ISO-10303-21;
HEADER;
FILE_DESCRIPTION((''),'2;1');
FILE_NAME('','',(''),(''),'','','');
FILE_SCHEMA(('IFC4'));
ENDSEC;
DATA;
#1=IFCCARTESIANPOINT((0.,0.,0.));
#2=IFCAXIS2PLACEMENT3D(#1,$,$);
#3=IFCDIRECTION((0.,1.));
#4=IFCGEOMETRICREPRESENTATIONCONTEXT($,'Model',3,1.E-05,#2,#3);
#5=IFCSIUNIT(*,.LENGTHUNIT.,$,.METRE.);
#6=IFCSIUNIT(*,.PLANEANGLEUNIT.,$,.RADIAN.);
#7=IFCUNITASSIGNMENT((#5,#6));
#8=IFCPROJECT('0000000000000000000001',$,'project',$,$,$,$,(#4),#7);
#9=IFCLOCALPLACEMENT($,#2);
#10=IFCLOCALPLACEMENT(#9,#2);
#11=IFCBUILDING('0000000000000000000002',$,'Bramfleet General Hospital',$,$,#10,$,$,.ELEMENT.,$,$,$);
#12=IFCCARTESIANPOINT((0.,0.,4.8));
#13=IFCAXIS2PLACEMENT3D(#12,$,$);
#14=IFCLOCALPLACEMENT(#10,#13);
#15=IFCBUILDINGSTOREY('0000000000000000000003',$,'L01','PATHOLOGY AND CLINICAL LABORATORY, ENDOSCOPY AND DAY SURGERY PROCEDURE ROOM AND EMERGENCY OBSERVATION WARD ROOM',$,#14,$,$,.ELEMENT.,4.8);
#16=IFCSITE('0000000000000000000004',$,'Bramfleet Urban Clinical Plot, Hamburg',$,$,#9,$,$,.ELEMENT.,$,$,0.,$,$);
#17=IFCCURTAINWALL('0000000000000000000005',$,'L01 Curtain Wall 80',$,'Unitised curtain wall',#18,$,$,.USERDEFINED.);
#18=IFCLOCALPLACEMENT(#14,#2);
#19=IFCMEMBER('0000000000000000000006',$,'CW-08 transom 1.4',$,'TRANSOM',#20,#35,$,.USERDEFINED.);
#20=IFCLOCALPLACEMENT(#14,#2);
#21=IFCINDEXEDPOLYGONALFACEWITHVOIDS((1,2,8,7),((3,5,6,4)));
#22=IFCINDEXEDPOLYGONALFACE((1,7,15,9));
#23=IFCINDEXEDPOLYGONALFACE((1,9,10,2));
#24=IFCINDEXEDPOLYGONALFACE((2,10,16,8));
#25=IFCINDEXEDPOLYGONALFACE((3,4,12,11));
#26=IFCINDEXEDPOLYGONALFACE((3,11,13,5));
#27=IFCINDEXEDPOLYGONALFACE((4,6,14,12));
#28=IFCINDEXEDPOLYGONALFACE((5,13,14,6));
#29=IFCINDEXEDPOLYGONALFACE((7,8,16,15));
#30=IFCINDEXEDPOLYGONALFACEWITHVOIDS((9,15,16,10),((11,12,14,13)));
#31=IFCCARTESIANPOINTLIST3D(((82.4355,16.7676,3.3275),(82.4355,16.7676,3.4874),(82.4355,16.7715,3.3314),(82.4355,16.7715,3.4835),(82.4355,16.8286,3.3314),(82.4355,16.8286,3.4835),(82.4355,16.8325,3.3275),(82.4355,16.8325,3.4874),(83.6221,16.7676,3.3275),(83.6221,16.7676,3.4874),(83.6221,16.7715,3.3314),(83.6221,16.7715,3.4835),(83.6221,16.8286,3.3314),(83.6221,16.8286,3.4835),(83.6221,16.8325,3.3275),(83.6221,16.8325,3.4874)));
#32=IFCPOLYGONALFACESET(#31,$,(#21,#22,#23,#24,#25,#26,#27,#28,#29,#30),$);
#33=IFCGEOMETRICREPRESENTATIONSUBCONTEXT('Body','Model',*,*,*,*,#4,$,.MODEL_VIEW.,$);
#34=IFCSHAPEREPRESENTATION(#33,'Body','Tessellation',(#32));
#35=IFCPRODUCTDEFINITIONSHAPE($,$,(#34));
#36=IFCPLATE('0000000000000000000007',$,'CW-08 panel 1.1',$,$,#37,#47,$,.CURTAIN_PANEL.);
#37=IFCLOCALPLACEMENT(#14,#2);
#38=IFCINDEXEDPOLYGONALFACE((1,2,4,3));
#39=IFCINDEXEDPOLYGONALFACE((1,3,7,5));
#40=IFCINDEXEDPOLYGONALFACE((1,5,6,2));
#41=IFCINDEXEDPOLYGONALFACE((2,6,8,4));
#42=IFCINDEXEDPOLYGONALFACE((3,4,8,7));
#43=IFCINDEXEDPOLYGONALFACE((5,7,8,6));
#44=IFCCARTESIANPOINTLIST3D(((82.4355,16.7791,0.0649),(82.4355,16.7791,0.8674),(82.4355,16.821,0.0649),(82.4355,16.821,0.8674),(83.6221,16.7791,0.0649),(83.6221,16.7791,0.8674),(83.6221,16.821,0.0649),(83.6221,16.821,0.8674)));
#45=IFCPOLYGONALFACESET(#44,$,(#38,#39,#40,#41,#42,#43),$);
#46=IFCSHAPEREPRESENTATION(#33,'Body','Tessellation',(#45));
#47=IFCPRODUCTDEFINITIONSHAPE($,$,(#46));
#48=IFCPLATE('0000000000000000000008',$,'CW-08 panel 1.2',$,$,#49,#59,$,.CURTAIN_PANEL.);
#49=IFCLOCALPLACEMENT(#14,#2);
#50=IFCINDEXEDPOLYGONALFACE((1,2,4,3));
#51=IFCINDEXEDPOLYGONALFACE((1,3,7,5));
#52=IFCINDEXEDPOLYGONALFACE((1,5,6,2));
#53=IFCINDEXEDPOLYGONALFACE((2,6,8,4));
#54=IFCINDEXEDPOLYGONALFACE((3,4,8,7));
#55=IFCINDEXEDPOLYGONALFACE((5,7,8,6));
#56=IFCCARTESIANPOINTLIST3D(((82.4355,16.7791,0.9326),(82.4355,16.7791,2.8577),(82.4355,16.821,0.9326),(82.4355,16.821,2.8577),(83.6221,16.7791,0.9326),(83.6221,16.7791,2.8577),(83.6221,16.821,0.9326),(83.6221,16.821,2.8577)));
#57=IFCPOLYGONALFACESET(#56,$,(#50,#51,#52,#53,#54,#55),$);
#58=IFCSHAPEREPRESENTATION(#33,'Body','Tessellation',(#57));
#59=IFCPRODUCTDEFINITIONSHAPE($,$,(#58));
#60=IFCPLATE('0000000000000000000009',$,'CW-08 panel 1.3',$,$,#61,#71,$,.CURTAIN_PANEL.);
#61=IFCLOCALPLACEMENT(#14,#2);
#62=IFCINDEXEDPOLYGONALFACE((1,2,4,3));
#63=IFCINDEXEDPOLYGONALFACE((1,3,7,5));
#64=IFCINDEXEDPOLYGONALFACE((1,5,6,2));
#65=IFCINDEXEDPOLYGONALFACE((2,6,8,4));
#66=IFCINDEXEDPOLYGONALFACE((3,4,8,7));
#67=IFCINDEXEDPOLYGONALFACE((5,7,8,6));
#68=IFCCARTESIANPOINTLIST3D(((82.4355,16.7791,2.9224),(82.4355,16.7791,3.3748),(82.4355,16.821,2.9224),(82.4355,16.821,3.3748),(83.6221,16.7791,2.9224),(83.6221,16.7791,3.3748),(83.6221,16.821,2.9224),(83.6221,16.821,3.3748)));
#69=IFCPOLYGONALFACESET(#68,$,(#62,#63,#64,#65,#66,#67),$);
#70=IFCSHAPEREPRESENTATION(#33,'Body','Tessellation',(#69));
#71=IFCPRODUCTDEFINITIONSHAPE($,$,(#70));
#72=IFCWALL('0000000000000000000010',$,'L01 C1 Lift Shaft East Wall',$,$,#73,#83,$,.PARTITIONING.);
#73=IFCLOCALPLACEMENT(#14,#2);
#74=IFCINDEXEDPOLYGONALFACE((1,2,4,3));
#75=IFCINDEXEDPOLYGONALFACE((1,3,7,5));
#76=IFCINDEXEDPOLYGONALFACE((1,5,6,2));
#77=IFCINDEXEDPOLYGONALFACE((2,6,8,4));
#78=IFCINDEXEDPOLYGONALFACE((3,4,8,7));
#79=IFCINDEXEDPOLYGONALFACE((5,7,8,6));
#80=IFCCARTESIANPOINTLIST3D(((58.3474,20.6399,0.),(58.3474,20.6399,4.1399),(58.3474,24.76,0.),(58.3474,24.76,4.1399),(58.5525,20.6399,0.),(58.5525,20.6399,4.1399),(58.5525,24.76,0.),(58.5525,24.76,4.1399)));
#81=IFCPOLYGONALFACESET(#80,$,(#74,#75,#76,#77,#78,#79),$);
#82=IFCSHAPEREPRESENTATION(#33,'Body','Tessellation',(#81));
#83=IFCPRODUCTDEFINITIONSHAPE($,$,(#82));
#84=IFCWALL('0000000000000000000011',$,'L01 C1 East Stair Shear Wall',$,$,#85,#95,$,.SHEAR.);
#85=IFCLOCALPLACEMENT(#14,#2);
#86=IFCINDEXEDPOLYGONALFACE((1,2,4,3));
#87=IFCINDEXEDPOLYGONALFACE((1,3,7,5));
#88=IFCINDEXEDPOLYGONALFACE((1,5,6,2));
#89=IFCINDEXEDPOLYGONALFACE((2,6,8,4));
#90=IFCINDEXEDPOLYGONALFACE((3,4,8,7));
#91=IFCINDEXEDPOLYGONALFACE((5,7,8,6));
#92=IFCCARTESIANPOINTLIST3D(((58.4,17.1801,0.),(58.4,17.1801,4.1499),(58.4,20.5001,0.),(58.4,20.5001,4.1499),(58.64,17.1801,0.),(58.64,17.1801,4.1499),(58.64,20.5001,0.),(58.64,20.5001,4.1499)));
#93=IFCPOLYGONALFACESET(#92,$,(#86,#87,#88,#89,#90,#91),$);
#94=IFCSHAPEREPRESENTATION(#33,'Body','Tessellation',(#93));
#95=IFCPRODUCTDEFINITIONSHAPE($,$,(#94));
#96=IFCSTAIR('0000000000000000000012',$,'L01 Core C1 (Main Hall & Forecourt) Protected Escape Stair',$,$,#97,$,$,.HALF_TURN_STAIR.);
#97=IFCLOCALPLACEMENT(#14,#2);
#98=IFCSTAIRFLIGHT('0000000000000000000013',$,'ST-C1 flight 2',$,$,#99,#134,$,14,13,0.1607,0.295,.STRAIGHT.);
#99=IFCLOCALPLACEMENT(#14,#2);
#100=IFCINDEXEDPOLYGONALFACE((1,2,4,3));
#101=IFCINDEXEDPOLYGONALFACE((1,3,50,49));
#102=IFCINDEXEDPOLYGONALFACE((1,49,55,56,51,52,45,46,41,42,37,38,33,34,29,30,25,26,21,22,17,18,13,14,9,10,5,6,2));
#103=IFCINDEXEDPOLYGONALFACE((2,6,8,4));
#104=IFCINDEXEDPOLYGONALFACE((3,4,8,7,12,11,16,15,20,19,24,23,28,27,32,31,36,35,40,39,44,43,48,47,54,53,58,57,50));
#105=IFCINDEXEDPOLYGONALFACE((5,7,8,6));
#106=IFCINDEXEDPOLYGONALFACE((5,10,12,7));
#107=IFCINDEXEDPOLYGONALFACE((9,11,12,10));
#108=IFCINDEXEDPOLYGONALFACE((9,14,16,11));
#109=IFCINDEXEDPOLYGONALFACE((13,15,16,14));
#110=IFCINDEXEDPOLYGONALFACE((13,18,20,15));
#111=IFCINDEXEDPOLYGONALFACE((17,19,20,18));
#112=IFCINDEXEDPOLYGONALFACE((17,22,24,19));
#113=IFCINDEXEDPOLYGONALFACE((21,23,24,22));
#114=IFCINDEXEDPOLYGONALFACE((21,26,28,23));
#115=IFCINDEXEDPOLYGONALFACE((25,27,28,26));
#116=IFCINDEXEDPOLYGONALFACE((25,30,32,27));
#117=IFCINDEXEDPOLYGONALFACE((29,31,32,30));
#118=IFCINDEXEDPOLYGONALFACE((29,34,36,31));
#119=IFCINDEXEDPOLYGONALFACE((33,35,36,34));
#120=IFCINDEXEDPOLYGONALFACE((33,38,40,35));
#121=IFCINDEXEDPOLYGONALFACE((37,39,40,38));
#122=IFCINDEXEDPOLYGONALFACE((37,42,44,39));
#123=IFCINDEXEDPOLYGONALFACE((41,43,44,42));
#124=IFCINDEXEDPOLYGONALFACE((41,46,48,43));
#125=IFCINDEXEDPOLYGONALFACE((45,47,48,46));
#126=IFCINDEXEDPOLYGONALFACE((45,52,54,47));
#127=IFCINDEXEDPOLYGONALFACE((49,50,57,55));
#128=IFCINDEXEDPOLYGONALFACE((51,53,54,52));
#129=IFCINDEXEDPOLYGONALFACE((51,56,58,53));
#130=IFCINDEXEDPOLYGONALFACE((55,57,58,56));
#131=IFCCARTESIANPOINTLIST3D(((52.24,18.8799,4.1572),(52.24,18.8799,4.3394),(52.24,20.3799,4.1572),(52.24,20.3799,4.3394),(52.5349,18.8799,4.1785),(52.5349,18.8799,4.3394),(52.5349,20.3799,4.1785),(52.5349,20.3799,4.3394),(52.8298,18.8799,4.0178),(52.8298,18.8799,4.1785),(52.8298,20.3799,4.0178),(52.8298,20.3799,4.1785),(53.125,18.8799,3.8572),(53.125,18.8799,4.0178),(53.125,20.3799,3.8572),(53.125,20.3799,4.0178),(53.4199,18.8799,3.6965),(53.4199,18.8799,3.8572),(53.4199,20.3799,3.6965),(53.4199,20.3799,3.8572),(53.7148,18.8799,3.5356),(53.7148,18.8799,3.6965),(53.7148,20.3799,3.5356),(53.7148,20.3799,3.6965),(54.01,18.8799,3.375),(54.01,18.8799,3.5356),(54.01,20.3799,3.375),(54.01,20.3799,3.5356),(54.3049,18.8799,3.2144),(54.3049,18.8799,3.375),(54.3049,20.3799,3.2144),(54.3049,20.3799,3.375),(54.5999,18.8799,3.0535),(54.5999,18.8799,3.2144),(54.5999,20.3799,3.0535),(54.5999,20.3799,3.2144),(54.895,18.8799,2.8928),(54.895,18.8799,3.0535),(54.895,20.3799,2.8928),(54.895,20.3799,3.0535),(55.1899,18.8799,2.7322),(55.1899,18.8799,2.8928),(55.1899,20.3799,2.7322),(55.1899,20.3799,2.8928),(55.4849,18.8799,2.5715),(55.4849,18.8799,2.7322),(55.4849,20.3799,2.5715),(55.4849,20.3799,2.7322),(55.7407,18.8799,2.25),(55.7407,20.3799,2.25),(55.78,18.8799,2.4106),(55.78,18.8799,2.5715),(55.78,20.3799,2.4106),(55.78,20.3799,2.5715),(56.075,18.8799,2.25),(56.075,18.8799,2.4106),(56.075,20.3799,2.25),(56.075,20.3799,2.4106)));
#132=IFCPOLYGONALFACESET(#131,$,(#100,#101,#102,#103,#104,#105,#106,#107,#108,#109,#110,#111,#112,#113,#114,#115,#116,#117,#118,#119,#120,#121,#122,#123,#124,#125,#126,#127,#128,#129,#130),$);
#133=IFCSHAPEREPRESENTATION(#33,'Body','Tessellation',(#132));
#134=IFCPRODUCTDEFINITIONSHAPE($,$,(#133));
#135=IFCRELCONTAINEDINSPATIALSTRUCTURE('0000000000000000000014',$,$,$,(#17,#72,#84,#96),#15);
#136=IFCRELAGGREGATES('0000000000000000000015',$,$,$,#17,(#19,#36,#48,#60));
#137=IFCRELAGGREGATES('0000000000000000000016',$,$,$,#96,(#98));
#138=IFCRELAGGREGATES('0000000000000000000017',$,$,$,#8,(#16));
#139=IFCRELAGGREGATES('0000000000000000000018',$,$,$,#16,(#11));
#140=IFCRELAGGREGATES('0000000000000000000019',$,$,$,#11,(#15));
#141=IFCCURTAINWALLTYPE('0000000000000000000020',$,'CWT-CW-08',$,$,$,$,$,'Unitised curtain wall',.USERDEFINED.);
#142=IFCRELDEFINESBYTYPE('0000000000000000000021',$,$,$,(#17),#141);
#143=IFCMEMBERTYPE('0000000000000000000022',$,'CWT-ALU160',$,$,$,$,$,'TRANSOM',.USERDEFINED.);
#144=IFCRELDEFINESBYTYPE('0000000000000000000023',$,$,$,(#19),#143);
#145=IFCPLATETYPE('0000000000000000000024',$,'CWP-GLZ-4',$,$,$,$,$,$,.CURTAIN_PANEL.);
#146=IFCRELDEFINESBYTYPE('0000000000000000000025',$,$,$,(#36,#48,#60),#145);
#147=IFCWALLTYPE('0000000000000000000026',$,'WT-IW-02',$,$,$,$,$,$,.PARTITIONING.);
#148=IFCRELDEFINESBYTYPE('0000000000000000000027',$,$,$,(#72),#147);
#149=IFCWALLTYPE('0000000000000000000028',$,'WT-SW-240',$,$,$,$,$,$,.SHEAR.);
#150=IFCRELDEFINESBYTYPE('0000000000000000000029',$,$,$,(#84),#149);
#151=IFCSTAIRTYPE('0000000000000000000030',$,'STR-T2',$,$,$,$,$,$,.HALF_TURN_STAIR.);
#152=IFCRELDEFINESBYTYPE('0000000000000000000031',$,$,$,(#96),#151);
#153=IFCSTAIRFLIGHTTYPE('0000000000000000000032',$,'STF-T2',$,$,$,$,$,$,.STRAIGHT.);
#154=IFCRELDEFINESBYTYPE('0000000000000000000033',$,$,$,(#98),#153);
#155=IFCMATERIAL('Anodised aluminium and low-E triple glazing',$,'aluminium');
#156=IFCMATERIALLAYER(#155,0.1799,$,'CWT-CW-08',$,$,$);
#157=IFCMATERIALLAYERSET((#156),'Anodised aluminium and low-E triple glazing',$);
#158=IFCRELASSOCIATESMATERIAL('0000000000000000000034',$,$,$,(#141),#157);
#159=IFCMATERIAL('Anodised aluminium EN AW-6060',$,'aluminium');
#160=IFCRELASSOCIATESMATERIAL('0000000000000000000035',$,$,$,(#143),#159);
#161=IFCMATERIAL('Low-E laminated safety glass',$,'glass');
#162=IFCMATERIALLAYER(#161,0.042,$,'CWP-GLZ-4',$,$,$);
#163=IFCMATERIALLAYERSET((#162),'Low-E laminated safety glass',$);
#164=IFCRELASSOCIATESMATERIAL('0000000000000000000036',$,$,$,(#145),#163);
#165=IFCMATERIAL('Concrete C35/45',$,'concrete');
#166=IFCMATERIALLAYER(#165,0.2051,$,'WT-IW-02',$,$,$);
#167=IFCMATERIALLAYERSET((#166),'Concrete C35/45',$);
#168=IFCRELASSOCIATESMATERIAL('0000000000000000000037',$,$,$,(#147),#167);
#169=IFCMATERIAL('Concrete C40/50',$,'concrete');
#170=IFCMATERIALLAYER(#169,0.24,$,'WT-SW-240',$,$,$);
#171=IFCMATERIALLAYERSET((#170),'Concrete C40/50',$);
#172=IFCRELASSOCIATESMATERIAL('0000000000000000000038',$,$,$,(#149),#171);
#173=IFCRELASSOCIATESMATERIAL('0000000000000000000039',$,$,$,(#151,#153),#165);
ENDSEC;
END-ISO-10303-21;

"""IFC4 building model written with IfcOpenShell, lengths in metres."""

from ifc_helpers import new_model, si_unit, direction, frame, frame_2d, origin, origin_2d, place, context, subcontext, project, spatial, polyline, rectangle, hollow_rectangle, outline, extrude, material, layer, layer_set, material_profile, profile_set, type_object, element, aggregate, save


model = new_model("IFC4")

# Units and contexts
model_context = context("Model", 3, precision=1e-05, world=origin(), true_north=direction((0.0, 1.0)))
body_context = subcontext(model_context, "Body", "Model", "MODEL_VIEW")
ifc_project = project(units=[si_unit("LENGTHUNIT", "METRE"), si_unit("PLANEANGLEUNIT", "RADIAN")], contexts=[model_context])

# Site, building, storey
site_placement = place(None, origin())
site = spatial("IfcSite", under=ifc_project, at=site_placement, Name="Bramfleet Urban Clinical Plot, Hamburg", CompositionType="ELEMENT", RefElevation=0.0)
building_placement = place(site_placement, origin())
building = spatial("IfcBuilding", under=site, at=building_placement, Name="Bramfleet General Hospital", CompositionType="ELEMENT")
storey_placement = place(building_placement, frame((0.0, 0.0, 4.8)))
storey = spatial("IfcBuildingStorey", under=building, at=storey_placement, Name="L01", Description="PATHOLOGY AND CLINICAL LABORATORY, ENDOSCOPY AND DAY SURGERY PROCEDURE ROOM AND EMERGENCY OBSERVATION WARD ROOM", CompositionType="ELEMENT", Elevation=4.8)

# Shared definitions
ifc_material_1 = material(Name="Concrete C35/45", Category="concrete")

# Curtain wall, member, plates
ifc_material_2 = material(Name="Anodised aluminium and low-E triple glazing", Category="aluminium")
ifc_layer_1 = layer(ifc_material_2, 0.1799, Name="CWT-CW-08")
ifc_layer_set_1 = layer_set([ifc_layer_1], Name="Anodised aluminium and low-E triple glazing")
curtain_wall_type = type_object("IfcCurtainWallType", Name="CWT-CW-08", ElementType="Unitised curtain wall", PredefinedType="USERDEFINED", material=ifc_layer_set_1)
curtain_wall_placement = place(storey_placement, origin())
curtain_wall = element("IfcCurtainWall", 1, at=curtain_wall_placement, inside=storey, type_object=curtain_wall_type, Name="L01 Curtain Wall 80", ObjectType="Unitised curtain wall", PredefinedType="USERDEFINED")
ifc_material_3 = material(Name="Anodised aluminium EN AW-6060", Category="aluminium")
ifc_material_profile_1 = material_profile(ifc_material_3, hollow_rectangle(XDim=0.0649, YDim=0.1599, WallThickness=0.0039, at=origin_2d()), Name="ALU 160x65x4.0")
ifc_profile_set_1 = profile_set([ifc_material_profile_1], Name="Anodised aluminium EN AW-6060")
member_type_1 = type_object("IfcMemberType", Name="CWT-ALU160", ElementType="TRANSOM", PredefinedType="USERDEFINED", material=ifc_profile_set_1)
member_1_placement = place(storey_placement, frame((83.6221, 16.8, 3.4075), z_axis=(-1.0, 0.0, 0.0), x_axis=(0.0, -1.0, 0.0)))
member_1 = element("IfcMember", 2, at=member_1_placement, type_object=member_type_1, Name="CW-08 transom 1.4", ObjectType="TRANSOM", PredefinedType="USERDEFINED", context=body_context, shape_type="SweptSolid", body=[
    extrude(hollow_rectangle(XDim=0.0649, YDim=0.1599, WallThickness=0.0039, at=origin_2d()), origin(), (0.0, 0.0, 1.0), 1.1865),
])
ifc_material_4 = material(Name="Low-E laminated safety glass", Category="glass")
ifc_layer_2 = layer(ifc_material_4, 0.042, Name="CWP-GLZ-4")
ifc_layer_set_2 = layer_set([ifc_layer_2], Name="Low-E laminated safety glass")
plate_type = type_object("IfcPlateType", Name="CWP-GLZ-4", PredefinedType="CURTAIN_PANEL", material=ifc_layer_set_2)
plate_1_placement = place(storey_placement, frame((83.0288, 16.8, 0.0649), z_axis=(0.0, 0.0, 1.0), x_axis=(-1.0, 0.0, 0.0)))
plate_1 = element("IfcPlate", 3, at=plate_1_placement, type_object=plate_type, Name="CW-08 panel 1.1", PredefinedType="CURTAIN_PANEL", context=body_context, shape_type="SweptSolid", body=[
    extrude(rectangle(XDim=1.1865, YDim=0.042, at=origin_2d()), origin(), (0.0, 0.0, 1.0), 0.8025),
])
plate_2_placement = place(storey_placement, frame((83.0288, 16.8, 0.9326), z_axis=(0.0, 0.0, 1.0), x_axis=(-1.0, 0.0, 0.0)))
plate_2 = element("IfcPlate", 4, at=plate_2_placement, type_object=plate_type, Name="CW-08 panel 1.2", PredefinedType="CURTAIN_PANEL", context=body_context, shape_type="SweptSolid", body=[
    extrude(rectangle(XDim=1.1865, YDim=0.042, at=origin_2d()), origin(), (0.0, 0.0, 1.0), 1.925),
])
plate_3_placement = place(storey_placement, frame((83.0288, 16.8, 2.9224), z_axis=(0.0, 0.0, 1.0), x_axis=(-1.0, 0.0, 0.0)))
plate_3 = element("IfcPlate", 5, at=plate_3_placement, type_object=plate_type, Name="CW-08 panel 1.3", PredefinedType="CURTAIN_PANEL", context=body_context, shape_type="SweptSolid", body=[
    extrude(rectangle(XDim=1.1865, YDim=0.042, at=origin_2d()), origin(), (0.0, 0.0, 1.0), 0.4524),
])
aggregate(curtain_wall, [member_1, plate_1, plate_2, plate_3])

# Walls
ifc_layer_3 = layer(ifc_material_1, 0.2051, Name="WT-IW-02")
ifc_layer_set_3 = layer_set([ifc_layer_3], Name="Concrete C35/45")
wall_type_1 = type_object("IfcWallType", Name="WT-IW-02", PredefinedType="PARTITIONING", material=ifc_layer_set_3)
wall_1_placement = place(storey_placement, frame((58.45, 20.6399, 0.0), z_axis=(0.0, 0.0, 1.0), x_axis=(0.0, 1.0, 0.0)))
element("IfcWall", 6, at=wall_1_placement, inside=storey, type_object=wall_type_1, Name="L01 C1 Lift Shaft East Wall", PredefinedType="PARTITIONING", context=body_context, shape_type="SweptSolid", body=[
    extrude(rectangle(XDim=4.1201, YDim=0.2051, at=frame_2d((2.0601, 0.0))), origin(), (0.0, 0.0, 1.0), 4.1399),
])
ifc_material_5 = material(Name="Concrete C40/50", Category="concrete")
ifc_layer_4 = layer(ifc_material_5, 0.24, Name="WT-SW-240")
ifc_layer_set_4 = layer_set([ifc_layer_4], Name="Concrete C40/50")
wall_type_2 = type_object("IfcWallType", Name="WT-SW-240", PredefinedType="SHEAR", material=ifc_layer_set_4)
wall_2_placement = place(storey_placement, frame((58.52, 17.1799, 0.0), z_axis=(0.0, 0.0, 1.0), x_axis=(0.0, 1.0, 0.0)))
element("IfcWall", 7, at=wall_2_placement, inside=storey, type_object=wall_type_2, Name="L01 C1 East Stair Shear Wall", PredefinedType="SHEAR", context=body_context, shape_type="SweptSolid", body=[
    extrude(rectangle(XDim=3.3201, YDim=0.24, at=frame_2d((1.6602, 0.0))), origin(), (0.0, 0.0, 1.0), 4.1499),
])

# Stair, stair flight
stair_type = type_object("IfcStairType", Name="STR-T2", PredefinedType="HALF_TURN_STAIR", material=ifc_material_1)
stair_placement = place(storey_placement, origin())
stair = element("IfcStair", 8, at=stair_placement, inside=storey, type_object=stair_type, Name="L01 Core C1 (Main Hall & Forecourt) Protected Escape Stair", PredefinedType="HALF_TURN_STAIR")
stair_flight_type = type_object("IfcStairFlightType", Name="STF-T2", PredefinedType="STRAIGHT", material=ifc_material_1)
stair_flight_placement = place(storey_placement, frame((56.075, 19.6299, 2.25), z_axis=(0.0, 0.0, 1.0), x_axis=(-1.0, 0.0, 0.0)))
stair_flight = element("IfcStairFlight", 9, at=stair_flight_placement, type_object=stair_flight_type, Name="ST-C1 flight 2", NumberOfRisers=14, NumberOfTreads=13, PredefinedType="STRAIGHT", RiserHeight=0.1607, TreadLength=0.295, context=body_context, shape_type="SweptSolid", body=[
    extrude(outline(polyline([(0.0, 0.0), (0.0, 0.1606), (0.2949, 0.1606), (0.2949, 0.3215), (0.5901, 0.3215), (0.5901, 0.4822), (0.885, 0.4822), (0.885, 0.6428), (1.1799, 0.6428), (1.1799, 0.8035), (1.4751, 0.8035), (1.4751, 0.9644), (1.77, 0.9644), (1.77, 1.125), (2.0649, 1.125), (2.0649, 1.2856), (2.3601, 1.2856), (2.3601, 1.4465), (2.655, 1.4465), (2.655, 1.6072), (2.95, 1.6072), (2.95, 1.7678), (3.2451, 1.7678), (3.2451, 1.9285), (3.54, 1.9285), (3.54, 2.0894), (3.835, 2.0894), (3.835, 2.25), (3.835, 1.9072), (0.3342, 0.0), (0.0, 0.0)])), frame((0.0, 0.75, 0.0), z_axis=(0.0, -1.0, 0.0), x_axis=(1.0, 0.0, 0.0)), (0.0, 0.0, 1.0), 1.5),
])
aggregate(stair, [stair_flight])

save(model, "model.ifc")
